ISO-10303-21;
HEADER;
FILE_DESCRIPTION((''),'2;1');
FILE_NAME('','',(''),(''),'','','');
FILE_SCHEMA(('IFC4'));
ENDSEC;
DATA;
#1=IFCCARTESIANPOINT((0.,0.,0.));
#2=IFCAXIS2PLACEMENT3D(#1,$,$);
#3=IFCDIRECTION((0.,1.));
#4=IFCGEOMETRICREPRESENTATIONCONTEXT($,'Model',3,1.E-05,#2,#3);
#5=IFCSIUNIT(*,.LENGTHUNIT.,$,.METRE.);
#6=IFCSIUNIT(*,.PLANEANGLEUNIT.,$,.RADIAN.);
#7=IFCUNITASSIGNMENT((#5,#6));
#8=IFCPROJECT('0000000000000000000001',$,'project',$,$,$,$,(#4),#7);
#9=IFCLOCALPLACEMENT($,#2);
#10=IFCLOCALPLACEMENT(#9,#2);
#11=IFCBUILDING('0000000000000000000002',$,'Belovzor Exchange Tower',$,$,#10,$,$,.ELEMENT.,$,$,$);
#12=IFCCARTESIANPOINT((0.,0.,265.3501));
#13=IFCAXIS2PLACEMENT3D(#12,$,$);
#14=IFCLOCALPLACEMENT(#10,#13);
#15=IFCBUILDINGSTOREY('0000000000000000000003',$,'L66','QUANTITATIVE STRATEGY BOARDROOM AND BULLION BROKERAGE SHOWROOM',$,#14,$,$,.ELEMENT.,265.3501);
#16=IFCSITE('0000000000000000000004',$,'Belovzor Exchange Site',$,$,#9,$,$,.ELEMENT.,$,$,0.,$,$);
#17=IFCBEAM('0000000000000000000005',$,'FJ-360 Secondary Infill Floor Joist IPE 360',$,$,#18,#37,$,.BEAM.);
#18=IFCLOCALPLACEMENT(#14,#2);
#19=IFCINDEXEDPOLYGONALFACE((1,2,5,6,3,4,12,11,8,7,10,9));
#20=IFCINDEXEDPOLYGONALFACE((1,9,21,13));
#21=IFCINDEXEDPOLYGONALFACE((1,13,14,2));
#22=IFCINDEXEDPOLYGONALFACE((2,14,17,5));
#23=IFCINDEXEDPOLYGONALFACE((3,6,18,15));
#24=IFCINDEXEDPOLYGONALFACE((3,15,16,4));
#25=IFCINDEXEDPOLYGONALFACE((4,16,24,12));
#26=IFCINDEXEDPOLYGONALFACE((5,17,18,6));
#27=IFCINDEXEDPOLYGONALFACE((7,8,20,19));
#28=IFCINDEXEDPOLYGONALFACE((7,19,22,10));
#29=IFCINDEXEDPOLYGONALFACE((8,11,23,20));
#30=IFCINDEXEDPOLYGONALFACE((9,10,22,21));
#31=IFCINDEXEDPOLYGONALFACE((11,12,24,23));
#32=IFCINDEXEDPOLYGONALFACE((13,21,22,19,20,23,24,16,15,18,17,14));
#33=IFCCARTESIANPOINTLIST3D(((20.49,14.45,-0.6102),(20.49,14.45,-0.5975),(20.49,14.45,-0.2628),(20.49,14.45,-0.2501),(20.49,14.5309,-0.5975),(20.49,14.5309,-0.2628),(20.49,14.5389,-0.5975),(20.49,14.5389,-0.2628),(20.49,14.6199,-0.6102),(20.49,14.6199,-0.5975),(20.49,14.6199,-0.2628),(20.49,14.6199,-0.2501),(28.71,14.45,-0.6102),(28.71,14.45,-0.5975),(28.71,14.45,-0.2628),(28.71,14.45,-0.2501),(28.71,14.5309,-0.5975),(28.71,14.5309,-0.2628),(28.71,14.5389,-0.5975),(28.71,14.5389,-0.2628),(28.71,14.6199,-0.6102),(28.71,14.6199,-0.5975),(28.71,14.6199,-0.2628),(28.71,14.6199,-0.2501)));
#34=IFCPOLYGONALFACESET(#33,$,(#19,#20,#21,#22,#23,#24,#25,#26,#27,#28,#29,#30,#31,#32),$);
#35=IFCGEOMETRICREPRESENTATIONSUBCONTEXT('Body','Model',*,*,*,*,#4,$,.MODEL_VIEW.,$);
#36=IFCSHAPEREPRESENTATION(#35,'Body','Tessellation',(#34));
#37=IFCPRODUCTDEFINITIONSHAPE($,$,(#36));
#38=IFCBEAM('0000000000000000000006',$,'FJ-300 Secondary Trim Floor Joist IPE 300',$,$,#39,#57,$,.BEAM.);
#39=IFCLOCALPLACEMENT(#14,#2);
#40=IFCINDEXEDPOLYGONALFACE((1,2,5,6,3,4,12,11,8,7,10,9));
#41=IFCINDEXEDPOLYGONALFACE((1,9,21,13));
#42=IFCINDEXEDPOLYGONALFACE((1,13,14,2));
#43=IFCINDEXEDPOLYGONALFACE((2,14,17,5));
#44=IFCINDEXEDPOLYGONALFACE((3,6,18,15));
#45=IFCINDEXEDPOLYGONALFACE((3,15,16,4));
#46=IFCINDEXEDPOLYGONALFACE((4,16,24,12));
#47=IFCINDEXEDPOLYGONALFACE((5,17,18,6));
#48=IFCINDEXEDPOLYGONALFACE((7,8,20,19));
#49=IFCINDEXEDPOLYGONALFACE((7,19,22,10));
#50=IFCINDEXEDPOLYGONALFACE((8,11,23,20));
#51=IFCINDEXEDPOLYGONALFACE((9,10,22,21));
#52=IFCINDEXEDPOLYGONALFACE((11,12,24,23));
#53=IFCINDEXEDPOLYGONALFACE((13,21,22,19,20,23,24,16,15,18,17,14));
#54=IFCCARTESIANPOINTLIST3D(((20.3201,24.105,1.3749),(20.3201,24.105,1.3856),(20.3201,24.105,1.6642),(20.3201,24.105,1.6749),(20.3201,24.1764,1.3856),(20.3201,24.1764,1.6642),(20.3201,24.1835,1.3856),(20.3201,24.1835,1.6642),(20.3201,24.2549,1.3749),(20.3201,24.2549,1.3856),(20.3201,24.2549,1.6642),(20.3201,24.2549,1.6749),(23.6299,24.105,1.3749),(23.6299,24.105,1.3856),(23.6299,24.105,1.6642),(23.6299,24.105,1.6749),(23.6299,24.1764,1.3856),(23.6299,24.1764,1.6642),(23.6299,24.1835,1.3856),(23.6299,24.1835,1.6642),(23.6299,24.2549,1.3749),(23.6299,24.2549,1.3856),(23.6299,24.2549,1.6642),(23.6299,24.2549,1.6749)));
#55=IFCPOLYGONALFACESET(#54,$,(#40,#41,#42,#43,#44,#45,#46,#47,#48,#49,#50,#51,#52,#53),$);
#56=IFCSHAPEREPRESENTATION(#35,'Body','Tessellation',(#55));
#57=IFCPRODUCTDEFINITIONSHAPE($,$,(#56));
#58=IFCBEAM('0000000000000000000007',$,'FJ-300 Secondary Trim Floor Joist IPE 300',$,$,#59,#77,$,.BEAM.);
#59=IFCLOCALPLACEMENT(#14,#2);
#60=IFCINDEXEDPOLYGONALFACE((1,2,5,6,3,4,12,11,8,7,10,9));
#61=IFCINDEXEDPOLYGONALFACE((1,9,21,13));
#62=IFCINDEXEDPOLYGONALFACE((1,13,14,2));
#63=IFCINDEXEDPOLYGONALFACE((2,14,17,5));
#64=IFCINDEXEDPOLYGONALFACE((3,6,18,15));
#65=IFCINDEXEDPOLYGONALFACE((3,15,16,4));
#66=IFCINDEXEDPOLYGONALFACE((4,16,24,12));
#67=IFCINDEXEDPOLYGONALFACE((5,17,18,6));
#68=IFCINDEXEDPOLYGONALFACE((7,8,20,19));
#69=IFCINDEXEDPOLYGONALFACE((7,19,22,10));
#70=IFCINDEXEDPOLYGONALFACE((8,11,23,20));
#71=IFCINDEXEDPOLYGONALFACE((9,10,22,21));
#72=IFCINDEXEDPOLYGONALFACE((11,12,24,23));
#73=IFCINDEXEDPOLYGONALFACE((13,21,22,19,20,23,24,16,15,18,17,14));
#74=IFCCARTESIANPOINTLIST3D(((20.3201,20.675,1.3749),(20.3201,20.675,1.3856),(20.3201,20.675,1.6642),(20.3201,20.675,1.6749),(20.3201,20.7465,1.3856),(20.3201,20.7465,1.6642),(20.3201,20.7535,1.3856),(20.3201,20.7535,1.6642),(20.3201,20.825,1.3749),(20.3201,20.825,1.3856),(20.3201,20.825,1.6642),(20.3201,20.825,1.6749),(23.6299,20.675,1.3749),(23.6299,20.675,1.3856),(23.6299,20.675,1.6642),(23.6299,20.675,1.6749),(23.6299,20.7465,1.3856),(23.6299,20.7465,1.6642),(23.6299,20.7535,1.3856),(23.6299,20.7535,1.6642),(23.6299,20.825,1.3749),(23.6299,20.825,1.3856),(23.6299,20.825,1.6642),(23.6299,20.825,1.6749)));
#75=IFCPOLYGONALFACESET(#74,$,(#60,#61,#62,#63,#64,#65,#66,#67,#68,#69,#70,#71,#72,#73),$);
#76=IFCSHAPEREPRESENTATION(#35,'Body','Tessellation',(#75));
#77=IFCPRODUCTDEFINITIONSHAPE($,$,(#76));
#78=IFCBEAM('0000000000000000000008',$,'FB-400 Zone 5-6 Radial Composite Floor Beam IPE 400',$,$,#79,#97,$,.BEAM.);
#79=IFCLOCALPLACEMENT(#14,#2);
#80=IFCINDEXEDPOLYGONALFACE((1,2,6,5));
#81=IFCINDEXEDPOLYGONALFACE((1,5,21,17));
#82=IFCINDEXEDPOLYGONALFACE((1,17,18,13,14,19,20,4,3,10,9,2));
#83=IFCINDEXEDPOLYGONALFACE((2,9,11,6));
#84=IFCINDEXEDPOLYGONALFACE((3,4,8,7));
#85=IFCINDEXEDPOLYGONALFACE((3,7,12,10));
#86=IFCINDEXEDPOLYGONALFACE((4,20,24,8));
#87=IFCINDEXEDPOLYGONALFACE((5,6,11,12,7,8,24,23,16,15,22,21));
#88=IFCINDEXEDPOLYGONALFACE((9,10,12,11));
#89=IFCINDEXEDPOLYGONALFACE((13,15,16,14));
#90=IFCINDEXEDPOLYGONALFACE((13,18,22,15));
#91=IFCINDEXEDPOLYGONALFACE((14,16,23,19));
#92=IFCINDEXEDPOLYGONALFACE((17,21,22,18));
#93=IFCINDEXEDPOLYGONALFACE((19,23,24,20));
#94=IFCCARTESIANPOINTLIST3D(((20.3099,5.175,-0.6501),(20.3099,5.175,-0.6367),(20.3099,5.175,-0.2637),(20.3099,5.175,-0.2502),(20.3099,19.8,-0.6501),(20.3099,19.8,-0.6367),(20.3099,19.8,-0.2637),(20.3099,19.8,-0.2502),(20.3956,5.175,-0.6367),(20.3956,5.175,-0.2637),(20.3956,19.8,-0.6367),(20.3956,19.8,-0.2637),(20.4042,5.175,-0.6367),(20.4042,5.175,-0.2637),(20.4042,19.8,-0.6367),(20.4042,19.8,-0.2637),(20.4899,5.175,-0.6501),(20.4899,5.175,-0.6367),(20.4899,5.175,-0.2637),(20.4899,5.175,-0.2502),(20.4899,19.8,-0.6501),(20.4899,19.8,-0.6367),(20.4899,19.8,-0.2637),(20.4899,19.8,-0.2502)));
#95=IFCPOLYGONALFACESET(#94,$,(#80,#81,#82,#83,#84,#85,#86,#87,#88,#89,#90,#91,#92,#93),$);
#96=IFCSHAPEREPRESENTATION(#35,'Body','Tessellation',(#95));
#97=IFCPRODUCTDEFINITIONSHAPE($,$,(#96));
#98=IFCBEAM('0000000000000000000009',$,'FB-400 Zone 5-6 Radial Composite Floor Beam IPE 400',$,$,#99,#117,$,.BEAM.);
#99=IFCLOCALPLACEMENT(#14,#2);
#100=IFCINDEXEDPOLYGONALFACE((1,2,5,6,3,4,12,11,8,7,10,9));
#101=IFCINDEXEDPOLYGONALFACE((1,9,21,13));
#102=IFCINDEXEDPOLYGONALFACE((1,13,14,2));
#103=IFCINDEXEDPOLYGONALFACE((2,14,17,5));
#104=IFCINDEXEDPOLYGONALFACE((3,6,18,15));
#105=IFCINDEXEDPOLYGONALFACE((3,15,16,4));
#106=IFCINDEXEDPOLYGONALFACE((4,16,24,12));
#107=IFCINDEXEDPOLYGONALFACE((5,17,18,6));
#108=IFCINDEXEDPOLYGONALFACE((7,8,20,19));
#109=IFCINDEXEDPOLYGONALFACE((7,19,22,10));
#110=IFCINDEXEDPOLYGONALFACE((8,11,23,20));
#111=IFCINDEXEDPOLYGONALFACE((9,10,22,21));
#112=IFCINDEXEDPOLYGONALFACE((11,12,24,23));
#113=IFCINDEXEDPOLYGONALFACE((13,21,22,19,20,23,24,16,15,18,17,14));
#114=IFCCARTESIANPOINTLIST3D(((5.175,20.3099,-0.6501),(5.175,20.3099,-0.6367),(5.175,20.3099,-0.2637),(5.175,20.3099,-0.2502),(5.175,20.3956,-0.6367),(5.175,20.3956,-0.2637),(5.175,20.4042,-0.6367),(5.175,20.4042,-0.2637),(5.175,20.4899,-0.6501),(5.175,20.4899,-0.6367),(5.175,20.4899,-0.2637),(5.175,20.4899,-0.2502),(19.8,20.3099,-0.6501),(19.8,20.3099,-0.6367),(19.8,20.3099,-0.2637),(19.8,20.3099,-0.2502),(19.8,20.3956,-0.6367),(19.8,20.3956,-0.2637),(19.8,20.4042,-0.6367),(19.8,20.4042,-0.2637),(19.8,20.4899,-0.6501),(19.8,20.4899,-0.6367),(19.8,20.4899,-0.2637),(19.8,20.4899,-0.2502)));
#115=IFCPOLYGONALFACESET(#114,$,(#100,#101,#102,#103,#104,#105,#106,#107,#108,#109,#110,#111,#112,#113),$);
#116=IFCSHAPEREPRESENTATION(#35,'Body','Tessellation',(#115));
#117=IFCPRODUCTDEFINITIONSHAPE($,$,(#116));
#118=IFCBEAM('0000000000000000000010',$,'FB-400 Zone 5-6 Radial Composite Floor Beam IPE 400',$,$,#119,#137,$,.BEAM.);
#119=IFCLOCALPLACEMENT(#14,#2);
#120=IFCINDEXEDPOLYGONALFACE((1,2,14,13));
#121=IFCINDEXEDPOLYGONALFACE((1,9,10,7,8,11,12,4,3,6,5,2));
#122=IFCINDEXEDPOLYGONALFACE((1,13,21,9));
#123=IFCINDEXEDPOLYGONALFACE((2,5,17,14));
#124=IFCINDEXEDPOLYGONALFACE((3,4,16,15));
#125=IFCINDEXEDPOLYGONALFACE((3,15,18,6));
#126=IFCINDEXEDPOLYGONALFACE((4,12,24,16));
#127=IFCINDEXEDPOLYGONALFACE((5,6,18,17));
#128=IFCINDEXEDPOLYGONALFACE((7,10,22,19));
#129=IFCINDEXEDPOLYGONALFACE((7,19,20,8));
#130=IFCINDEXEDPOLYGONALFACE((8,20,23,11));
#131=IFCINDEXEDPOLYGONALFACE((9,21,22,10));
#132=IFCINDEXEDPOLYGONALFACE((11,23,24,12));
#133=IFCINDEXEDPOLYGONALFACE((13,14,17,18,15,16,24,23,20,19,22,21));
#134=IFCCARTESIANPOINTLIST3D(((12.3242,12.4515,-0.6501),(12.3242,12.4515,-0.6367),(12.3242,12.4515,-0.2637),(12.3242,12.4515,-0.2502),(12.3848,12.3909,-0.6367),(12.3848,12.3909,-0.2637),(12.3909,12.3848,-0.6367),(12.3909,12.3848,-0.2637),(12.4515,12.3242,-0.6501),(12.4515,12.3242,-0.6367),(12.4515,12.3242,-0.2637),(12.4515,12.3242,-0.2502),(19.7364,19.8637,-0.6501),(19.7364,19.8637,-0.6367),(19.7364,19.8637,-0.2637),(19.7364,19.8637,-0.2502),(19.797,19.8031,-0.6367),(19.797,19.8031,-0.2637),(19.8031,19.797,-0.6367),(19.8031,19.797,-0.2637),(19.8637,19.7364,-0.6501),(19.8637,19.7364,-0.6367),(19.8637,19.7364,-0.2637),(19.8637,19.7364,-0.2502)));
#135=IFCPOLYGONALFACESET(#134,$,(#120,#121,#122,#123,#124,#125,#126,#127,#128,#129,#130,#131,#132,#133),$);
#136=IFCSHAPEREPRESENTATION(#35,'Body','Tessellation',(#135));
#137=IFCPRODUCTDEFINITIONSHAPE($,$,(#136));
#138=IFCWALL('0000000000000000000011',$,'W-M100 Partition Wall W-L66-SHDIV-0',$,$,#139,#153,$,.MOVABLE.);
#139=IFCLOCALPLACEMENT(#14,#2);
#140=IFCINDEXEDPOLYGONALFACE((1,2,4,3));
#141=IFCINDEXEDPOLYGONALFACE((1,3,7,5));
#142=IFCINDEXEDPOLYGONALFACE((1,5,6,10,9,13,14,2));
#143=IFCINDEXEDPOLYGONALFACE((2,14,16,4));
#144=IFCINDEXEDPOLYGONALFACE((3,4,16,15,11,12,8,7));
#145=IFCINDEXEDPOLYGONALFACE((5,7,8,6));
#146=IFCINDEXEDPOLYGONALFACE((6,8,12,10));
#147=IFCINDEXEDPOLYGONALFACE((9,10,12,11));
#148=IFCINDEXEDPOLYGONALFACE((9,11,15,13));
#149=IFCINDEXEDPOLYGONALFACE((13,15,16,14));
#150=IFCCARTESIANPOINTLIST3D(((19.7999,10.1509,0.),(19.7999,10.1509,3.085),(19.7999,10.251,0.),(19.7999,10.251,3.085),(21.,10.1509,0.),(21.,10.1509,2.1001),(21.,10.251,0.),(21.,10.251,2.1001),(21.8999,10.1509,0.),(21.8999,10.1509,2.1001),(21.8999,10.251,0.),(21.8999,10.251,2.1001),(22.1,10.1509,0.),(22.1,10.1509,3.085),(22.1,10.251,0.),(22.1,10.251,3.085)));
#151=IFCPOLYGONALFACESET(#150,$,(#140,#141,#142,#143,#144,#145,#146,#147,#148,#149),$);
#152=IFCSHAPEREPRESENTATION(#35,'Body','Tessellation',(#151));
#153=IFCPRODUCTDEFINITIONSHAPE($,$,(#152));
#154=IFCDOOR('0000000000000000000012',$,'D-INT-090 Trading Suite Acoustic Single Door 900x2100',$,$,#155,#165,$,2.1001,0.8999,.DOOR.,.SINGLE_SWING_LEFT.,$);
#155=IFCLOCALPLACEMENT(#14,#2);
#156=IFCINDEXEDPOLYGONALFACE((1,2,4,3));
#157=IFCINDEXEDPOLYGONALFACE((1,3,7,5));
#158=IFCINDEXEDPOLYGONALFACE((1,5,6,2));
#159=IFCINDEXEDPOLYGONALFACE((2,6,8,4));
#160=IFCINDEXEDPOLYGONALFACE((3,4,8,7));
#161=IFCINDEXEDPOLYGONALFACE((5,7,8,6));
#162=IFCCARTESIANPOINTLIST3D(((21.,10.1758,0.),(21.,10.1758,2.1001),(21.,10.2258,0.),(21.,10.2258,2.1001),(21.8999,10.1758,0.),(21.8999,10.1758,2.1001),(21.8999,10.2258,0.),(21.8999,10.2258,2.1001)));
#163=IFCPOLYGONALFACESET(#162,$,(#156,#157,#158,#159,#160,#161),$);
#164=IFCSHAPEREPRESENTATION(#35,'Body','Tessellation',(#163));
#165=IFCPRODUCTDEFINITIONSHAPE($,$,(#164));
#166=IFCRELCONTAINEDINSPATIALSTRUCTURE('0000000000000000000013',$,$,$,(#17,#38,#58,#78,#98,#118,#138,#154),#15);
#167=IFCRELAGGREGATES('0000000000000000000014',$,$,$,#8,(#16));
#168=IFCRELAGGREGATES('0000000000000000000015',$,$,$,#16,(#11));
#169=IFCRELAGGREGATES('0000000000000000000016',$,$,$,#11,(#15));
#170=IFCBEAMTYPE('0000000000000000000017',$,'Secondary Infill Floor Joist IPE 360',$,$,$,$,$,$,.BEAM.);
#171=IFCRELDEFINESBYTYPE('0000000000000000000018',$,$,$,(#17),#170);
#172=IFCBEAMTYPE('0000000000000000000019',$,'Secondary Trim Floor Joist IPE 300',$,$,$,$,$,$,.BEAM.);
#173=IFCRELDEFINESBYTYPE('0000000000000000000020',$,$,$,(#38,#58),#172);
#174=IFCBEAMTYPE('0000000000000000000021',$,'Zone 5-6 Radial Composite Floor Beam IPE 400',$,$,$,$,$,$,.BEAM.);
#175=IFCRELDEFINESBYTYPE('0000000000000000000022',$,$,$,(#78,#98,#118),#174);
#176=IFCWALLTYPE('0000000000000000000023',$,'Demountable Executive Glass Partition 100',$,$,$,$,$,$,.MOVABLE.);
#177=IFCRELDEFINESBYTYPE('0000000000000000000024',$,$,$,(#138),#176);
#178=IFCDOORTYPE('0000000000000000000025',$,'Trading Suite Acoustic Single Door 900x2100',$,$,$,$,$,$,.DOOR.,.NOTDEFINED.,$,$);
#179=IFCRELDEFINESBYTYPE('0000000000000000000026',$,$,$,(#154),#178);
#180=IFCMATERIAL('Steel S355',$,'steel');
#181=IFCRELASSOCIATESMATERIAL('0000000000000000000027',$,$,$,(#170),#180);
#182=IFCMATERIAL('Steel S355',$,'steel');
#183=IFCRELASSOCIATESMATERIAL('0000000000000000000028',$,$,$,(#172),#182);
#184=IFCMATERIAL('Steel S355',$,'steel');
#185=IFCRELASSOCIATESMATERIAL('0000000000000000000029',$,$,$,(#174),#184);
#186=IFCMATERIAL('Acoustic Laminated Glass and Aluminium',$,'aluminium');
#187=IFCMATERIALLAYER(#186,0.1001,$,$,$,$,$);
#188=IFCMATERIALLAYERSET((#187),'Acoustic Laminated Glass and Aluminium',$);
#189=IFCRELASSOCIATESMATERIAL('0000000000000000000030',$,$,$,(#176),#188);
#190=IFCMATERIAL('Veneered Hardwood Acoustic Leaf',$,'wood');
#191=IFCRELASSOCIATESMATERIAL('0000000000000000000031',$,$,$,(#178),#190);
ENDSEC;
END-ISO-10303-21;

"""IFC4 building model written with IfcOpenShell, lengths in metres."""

from ifc_helpers import new_model, si_unit, direction, frame, frame_2d, origin, origin_2d, place, context, subcontext, project, spatial, rectangle, i_section, extrude, material, layer, layer_set, material_profile, profile_set, type_object, element, fill, save


model = new_model("IFC4")

# Units and contexts
model_context = context("Model", 3, precision=1e-05, world=origin(), true_north=direction((0.0, 1.0)))
body_context = subcontext(model_context, "Body", "Model", "MODEL_VIEW")
ifc_project = project(units=[si_unit("LENGTHUNIT", "METRE"), si_unit("PLANEANGLEUNIT", "RADIAN")], contexts=[model_context])

# Site, building, storey
site_placement = place(None, origin())
site = spatial("IfcSite", under=ifc_project, at=site_placement, Name="Belovzor Exchange Site", CompositionType="ELEMENT", RefElevation=0.0)
building_placement = place(site_placement, origin())
building = spatial("IfcBuilding", under=site, at=building_placement, Name="Belovzor Exchange Tower", CompositionType="ELEMENT")
storey_placement = place(building_placement, frame((0.0, 0.0, 265.3501)))
storey = spatial("IfcBuildingStorey", under=building, at=storey_placement, Name="L66", Description="QUANTITATIVE STRATEGY BOARDROOM AND BULLION BROKERAGE SHOWROOM", CompositionType="ELEMENT", Elevation=265.3501)

# Beams
ifc_material_1 = material(Name="Steel S355", Category="steel")
ifc_material_profile_1 = material_profile(ifc_material_1, i_section(OverallWidth=0.1699, OverallDepth=0.3601, WebThickness=0.0081, FlangeThickness=0.0127, at=origin_2d()))
ifc_profile_set_1 = profile_set([ifc_material_profile_1], Name="Steel S355")
beam_type_1 = type_object("IfcBeamType", Name="Secondary Infill Floor Joist IPE 360", PredefinedType="BEAM", material=ifc_profile_set_1)
beam_1_placement = place(storey_placement, frame((20.49, 14.5349, -0.4302), z_axis=(1.0, 0.0, 0.0), x_axis=(0.0, 1.0, 0.0)))
element("IfcBeam", 1, at=beam_1_placement, inside=storey, type_object=beam_type_1, Name="FJ-360 Secondary Infill Floor Joist IPE 360", PredefinedType="BEAM", context=body_context, shape_type="SweptSolid", body=[
    extrude(i_section(OverallWidth=0.1699, OverallDepth=0.3601, WebThickness=0.0081, FlangeThickness=0.0127, at=origin_2d()), origin(), (0.0, 0.0, 1.0), 8.22),
])
ifc_material_2 = material(Name="Steel S355", Category="steel")
ifc_material_profile_2 = material_profile(ifc_material_2, i_section(OverallWidth=0.1499, OverallDepth=0.3, WebThickness=0.0071, FlangeThickness=0.0107, at=origin_2d()))
ifc_profile_set_2 = profile_set([ifc_material_profile_2], Name="Steel S355")
beam_type_2 = type_object("IfcBeamType", Name="Secondary Trim Floor Joist IPE 300", PredefinedType="BEAM", material=ifc_profile_set_2)
for number, where, z_axis, x_axis, name in (
    (2, (20.3201, 24.1799, 1.5249), (1.0, 0.0, 0.0), (0.0, 1.0, 0.0), "FJ-300 Secondary Trim Floor Joist IPE 300"),
    (3, (20.3201, 20.75, 1.5249), (1.0, 0.0, 0.0), (0.0, 1.0, 0.0), "FJ-300 Secondary Trim Floor Joist IPE 300"),
):
    element("IfcBeam", number, at=place(storey_placement, frame(where, z_axis=z_axis, x_axis=x_axis)), inside=storey, type_object=beam_type_2, Name=name, PredefinedType="BEAM", context=body_context, shape_type="SweptSolid", body=[
        extrude(i_section(OverallWidth=0.1499, OverallDepth=0.3, WebThickness=0.0071, FlangeThickness=0.0107, at=origin_2d()), origin(), (0.0, 0.0, 1.0), 3.3098),
    ])
ifc_material_3 = material(Name="Steel S355", Category="steel")
ifc_material_profile_3 = material_profile(ifc_material_3, i_section(OverallWidth=0.1799, OverallDepth=0.3999, WebThickness=0.0085, FlangeThickness=0.0134, at=origin_2d()))
ifc_profile_set_3 = profile_set([ifc_material_profile_3], Name="Steel S355")
beam_type_3 = type_object("IfcBeamType", Name="Zone 5-6 Radial Composite Floor Beam IPE 400", PredefinedType="BEAM", material=ifc_profile_set_3)
for number, where, z_axis, x_axis, name in (
    (4, (20.3999, 19.8, -0.4502), (0.0, -1.0, 0.0), (1.0, 0.0, 0.0), "FB-400 Zone 5-6 Radial Composite Floor Beam IPE 400"),
    (5, (19.8, 20.3999, -0.4502), (-1.0, 0.0, 0.0), (0.0, -1.0, 0.0), "FB-400 Zone 5-6 Radial Composite Floor Beam IPE 400"),
):
    element("IfcBeam", number, at=place(storey_placement, frame(where, z_axis=z_axis, x_axis=x_axis)), inside=storey, type_object=beam_type_3, Name=name, PredefinedType="BEAM", context=body_context, shape_type="SweptSolid", body=[
        extrude(i_section(OverallWidth=0.1799, OverallDepth=0.3999, WebThickness=0.0085, FlangeThickness=0.0134, at=origin_2d()), origin(), (0.0, 0.0, 1.0), 14.625),
    ])
beam_2_placement = place(storey_placement, frame((19.8, 19.8, -0.4502), z_axis=(-0.707107, -0.707107, 0.0), x_axis=(0.707107, -0.707107, 0.0)))
element("IfcBeam", 6, at=beam_2_placement, inside=storey, type_object=beam_type_3, Name="FB-400 Zone 5-6 Radial Composite Floor Beam IPE 400", PredefinedType="BEAM", context=body_context, shape_type="SweptSolid", body=[
    extrude(i_section(OverallWidth=0.1799, OverallDepth=0.3999, WebThickness=0.0085, FlangeThickness=0.0134, at=origin_2d()), origin(), (0.0, 0.0, 1.0), 10.4824),
])

# Wall, opening, door
ifc_material_4 = material(Name="Acoustic Laminated Glass and Aluminium", Category="aluminium")
ifc_layer_1 = layer(ifc_material_4, 0.1001)
ifc_layer_set_1 = layer_set([ifc_layer_1], Name="Acoustic Laminated Glass and Aluminium")
wall_type_1 = type_object("IfcWallType", Name="Demountable Executive Glass Partition 100", PredefinedType="MOVABLE", material=ifc_layer_set_1)
wall_1_placement = place(storey_placement, frame((19.8, 10.2009, 0.0), z_axis=(0.0, 0.0, 1.0), x_axis=(1.0, 0.0, 0.0)))
wall_1 = element("IfcWall", 7, at=wall_1_placement, inside=storey, type_object=wall_type_1, Name="W-M100 Partition Wall W-L66-SHDIV-0", PredefinedType="MOVABLE", context=body_context, shape_type="SweptSolid", body=[
    extrude(rectangle(XDim=2.3, YDim=0.1001, at=frame_2d((1.1499, 0.0))), origin(), (0.0, 0.0, 1.0), 3.085),
])
opening_1_placement = place(wall_1_placement, frame((1.2, 0.0, 0.0)))
opening_1 = element("IfcOpeningElement", 8, at=opening_1_placement, cuts=wall_1, PredefinedType="OPENING", context=body_context, shape_type="SweptSolid", body=[
    extrude(rectangle(XDim=0.8999, YDim=2.1001, at=frame_2d((0.45, 1.05))), frame((0.0, 0.0601, 0.0), z_axis=(0.0, -1.0, 0.0), x_axis=(1.0, 0.0, 0.0)), (0.0, 0.0, 1.0), 0.1201),
])
ifc_material_5 = material(Name="Veneered Hardwood Acoustic Leaf", Category="wood")
door_type_1 = type_object("IfcDoorType", Name="Trading Suite Acoustic Single Door 900x2100", OperationType="NOTDEFINED", PredefinedType="DOOR", material=ifc_material_5)
door_1_placement = place(opening_1_placement, origin())
door_1 = element("IfcDoor", 9, at=door_1_placement, inside=storey, type_object=door_type_1, Name="D-INT-090 Trading Suite Acoustic Single Door 900x2100", OperationType="SINGLE_SWING_LEFT", OverallHeight=2.1001, OverallWidth=0.8999, PredefinedType="DOOR", context=body_context, shape_type="SweptSolid", body=[
    extrude(rectangle(XDim=0.8999, YDim=2.1001, at=frame_2d((0.45, 1.05))), frame((0.0, 0.0249, 0.0), z_axis=(0.0, -1.0, 0.0), x_axis=(1.0, 0.0, 0.0)), (0.0, 0.0, 1.0), 0.05),
])
fill(opening_1, door_1)

save(model, "model.ifc")
